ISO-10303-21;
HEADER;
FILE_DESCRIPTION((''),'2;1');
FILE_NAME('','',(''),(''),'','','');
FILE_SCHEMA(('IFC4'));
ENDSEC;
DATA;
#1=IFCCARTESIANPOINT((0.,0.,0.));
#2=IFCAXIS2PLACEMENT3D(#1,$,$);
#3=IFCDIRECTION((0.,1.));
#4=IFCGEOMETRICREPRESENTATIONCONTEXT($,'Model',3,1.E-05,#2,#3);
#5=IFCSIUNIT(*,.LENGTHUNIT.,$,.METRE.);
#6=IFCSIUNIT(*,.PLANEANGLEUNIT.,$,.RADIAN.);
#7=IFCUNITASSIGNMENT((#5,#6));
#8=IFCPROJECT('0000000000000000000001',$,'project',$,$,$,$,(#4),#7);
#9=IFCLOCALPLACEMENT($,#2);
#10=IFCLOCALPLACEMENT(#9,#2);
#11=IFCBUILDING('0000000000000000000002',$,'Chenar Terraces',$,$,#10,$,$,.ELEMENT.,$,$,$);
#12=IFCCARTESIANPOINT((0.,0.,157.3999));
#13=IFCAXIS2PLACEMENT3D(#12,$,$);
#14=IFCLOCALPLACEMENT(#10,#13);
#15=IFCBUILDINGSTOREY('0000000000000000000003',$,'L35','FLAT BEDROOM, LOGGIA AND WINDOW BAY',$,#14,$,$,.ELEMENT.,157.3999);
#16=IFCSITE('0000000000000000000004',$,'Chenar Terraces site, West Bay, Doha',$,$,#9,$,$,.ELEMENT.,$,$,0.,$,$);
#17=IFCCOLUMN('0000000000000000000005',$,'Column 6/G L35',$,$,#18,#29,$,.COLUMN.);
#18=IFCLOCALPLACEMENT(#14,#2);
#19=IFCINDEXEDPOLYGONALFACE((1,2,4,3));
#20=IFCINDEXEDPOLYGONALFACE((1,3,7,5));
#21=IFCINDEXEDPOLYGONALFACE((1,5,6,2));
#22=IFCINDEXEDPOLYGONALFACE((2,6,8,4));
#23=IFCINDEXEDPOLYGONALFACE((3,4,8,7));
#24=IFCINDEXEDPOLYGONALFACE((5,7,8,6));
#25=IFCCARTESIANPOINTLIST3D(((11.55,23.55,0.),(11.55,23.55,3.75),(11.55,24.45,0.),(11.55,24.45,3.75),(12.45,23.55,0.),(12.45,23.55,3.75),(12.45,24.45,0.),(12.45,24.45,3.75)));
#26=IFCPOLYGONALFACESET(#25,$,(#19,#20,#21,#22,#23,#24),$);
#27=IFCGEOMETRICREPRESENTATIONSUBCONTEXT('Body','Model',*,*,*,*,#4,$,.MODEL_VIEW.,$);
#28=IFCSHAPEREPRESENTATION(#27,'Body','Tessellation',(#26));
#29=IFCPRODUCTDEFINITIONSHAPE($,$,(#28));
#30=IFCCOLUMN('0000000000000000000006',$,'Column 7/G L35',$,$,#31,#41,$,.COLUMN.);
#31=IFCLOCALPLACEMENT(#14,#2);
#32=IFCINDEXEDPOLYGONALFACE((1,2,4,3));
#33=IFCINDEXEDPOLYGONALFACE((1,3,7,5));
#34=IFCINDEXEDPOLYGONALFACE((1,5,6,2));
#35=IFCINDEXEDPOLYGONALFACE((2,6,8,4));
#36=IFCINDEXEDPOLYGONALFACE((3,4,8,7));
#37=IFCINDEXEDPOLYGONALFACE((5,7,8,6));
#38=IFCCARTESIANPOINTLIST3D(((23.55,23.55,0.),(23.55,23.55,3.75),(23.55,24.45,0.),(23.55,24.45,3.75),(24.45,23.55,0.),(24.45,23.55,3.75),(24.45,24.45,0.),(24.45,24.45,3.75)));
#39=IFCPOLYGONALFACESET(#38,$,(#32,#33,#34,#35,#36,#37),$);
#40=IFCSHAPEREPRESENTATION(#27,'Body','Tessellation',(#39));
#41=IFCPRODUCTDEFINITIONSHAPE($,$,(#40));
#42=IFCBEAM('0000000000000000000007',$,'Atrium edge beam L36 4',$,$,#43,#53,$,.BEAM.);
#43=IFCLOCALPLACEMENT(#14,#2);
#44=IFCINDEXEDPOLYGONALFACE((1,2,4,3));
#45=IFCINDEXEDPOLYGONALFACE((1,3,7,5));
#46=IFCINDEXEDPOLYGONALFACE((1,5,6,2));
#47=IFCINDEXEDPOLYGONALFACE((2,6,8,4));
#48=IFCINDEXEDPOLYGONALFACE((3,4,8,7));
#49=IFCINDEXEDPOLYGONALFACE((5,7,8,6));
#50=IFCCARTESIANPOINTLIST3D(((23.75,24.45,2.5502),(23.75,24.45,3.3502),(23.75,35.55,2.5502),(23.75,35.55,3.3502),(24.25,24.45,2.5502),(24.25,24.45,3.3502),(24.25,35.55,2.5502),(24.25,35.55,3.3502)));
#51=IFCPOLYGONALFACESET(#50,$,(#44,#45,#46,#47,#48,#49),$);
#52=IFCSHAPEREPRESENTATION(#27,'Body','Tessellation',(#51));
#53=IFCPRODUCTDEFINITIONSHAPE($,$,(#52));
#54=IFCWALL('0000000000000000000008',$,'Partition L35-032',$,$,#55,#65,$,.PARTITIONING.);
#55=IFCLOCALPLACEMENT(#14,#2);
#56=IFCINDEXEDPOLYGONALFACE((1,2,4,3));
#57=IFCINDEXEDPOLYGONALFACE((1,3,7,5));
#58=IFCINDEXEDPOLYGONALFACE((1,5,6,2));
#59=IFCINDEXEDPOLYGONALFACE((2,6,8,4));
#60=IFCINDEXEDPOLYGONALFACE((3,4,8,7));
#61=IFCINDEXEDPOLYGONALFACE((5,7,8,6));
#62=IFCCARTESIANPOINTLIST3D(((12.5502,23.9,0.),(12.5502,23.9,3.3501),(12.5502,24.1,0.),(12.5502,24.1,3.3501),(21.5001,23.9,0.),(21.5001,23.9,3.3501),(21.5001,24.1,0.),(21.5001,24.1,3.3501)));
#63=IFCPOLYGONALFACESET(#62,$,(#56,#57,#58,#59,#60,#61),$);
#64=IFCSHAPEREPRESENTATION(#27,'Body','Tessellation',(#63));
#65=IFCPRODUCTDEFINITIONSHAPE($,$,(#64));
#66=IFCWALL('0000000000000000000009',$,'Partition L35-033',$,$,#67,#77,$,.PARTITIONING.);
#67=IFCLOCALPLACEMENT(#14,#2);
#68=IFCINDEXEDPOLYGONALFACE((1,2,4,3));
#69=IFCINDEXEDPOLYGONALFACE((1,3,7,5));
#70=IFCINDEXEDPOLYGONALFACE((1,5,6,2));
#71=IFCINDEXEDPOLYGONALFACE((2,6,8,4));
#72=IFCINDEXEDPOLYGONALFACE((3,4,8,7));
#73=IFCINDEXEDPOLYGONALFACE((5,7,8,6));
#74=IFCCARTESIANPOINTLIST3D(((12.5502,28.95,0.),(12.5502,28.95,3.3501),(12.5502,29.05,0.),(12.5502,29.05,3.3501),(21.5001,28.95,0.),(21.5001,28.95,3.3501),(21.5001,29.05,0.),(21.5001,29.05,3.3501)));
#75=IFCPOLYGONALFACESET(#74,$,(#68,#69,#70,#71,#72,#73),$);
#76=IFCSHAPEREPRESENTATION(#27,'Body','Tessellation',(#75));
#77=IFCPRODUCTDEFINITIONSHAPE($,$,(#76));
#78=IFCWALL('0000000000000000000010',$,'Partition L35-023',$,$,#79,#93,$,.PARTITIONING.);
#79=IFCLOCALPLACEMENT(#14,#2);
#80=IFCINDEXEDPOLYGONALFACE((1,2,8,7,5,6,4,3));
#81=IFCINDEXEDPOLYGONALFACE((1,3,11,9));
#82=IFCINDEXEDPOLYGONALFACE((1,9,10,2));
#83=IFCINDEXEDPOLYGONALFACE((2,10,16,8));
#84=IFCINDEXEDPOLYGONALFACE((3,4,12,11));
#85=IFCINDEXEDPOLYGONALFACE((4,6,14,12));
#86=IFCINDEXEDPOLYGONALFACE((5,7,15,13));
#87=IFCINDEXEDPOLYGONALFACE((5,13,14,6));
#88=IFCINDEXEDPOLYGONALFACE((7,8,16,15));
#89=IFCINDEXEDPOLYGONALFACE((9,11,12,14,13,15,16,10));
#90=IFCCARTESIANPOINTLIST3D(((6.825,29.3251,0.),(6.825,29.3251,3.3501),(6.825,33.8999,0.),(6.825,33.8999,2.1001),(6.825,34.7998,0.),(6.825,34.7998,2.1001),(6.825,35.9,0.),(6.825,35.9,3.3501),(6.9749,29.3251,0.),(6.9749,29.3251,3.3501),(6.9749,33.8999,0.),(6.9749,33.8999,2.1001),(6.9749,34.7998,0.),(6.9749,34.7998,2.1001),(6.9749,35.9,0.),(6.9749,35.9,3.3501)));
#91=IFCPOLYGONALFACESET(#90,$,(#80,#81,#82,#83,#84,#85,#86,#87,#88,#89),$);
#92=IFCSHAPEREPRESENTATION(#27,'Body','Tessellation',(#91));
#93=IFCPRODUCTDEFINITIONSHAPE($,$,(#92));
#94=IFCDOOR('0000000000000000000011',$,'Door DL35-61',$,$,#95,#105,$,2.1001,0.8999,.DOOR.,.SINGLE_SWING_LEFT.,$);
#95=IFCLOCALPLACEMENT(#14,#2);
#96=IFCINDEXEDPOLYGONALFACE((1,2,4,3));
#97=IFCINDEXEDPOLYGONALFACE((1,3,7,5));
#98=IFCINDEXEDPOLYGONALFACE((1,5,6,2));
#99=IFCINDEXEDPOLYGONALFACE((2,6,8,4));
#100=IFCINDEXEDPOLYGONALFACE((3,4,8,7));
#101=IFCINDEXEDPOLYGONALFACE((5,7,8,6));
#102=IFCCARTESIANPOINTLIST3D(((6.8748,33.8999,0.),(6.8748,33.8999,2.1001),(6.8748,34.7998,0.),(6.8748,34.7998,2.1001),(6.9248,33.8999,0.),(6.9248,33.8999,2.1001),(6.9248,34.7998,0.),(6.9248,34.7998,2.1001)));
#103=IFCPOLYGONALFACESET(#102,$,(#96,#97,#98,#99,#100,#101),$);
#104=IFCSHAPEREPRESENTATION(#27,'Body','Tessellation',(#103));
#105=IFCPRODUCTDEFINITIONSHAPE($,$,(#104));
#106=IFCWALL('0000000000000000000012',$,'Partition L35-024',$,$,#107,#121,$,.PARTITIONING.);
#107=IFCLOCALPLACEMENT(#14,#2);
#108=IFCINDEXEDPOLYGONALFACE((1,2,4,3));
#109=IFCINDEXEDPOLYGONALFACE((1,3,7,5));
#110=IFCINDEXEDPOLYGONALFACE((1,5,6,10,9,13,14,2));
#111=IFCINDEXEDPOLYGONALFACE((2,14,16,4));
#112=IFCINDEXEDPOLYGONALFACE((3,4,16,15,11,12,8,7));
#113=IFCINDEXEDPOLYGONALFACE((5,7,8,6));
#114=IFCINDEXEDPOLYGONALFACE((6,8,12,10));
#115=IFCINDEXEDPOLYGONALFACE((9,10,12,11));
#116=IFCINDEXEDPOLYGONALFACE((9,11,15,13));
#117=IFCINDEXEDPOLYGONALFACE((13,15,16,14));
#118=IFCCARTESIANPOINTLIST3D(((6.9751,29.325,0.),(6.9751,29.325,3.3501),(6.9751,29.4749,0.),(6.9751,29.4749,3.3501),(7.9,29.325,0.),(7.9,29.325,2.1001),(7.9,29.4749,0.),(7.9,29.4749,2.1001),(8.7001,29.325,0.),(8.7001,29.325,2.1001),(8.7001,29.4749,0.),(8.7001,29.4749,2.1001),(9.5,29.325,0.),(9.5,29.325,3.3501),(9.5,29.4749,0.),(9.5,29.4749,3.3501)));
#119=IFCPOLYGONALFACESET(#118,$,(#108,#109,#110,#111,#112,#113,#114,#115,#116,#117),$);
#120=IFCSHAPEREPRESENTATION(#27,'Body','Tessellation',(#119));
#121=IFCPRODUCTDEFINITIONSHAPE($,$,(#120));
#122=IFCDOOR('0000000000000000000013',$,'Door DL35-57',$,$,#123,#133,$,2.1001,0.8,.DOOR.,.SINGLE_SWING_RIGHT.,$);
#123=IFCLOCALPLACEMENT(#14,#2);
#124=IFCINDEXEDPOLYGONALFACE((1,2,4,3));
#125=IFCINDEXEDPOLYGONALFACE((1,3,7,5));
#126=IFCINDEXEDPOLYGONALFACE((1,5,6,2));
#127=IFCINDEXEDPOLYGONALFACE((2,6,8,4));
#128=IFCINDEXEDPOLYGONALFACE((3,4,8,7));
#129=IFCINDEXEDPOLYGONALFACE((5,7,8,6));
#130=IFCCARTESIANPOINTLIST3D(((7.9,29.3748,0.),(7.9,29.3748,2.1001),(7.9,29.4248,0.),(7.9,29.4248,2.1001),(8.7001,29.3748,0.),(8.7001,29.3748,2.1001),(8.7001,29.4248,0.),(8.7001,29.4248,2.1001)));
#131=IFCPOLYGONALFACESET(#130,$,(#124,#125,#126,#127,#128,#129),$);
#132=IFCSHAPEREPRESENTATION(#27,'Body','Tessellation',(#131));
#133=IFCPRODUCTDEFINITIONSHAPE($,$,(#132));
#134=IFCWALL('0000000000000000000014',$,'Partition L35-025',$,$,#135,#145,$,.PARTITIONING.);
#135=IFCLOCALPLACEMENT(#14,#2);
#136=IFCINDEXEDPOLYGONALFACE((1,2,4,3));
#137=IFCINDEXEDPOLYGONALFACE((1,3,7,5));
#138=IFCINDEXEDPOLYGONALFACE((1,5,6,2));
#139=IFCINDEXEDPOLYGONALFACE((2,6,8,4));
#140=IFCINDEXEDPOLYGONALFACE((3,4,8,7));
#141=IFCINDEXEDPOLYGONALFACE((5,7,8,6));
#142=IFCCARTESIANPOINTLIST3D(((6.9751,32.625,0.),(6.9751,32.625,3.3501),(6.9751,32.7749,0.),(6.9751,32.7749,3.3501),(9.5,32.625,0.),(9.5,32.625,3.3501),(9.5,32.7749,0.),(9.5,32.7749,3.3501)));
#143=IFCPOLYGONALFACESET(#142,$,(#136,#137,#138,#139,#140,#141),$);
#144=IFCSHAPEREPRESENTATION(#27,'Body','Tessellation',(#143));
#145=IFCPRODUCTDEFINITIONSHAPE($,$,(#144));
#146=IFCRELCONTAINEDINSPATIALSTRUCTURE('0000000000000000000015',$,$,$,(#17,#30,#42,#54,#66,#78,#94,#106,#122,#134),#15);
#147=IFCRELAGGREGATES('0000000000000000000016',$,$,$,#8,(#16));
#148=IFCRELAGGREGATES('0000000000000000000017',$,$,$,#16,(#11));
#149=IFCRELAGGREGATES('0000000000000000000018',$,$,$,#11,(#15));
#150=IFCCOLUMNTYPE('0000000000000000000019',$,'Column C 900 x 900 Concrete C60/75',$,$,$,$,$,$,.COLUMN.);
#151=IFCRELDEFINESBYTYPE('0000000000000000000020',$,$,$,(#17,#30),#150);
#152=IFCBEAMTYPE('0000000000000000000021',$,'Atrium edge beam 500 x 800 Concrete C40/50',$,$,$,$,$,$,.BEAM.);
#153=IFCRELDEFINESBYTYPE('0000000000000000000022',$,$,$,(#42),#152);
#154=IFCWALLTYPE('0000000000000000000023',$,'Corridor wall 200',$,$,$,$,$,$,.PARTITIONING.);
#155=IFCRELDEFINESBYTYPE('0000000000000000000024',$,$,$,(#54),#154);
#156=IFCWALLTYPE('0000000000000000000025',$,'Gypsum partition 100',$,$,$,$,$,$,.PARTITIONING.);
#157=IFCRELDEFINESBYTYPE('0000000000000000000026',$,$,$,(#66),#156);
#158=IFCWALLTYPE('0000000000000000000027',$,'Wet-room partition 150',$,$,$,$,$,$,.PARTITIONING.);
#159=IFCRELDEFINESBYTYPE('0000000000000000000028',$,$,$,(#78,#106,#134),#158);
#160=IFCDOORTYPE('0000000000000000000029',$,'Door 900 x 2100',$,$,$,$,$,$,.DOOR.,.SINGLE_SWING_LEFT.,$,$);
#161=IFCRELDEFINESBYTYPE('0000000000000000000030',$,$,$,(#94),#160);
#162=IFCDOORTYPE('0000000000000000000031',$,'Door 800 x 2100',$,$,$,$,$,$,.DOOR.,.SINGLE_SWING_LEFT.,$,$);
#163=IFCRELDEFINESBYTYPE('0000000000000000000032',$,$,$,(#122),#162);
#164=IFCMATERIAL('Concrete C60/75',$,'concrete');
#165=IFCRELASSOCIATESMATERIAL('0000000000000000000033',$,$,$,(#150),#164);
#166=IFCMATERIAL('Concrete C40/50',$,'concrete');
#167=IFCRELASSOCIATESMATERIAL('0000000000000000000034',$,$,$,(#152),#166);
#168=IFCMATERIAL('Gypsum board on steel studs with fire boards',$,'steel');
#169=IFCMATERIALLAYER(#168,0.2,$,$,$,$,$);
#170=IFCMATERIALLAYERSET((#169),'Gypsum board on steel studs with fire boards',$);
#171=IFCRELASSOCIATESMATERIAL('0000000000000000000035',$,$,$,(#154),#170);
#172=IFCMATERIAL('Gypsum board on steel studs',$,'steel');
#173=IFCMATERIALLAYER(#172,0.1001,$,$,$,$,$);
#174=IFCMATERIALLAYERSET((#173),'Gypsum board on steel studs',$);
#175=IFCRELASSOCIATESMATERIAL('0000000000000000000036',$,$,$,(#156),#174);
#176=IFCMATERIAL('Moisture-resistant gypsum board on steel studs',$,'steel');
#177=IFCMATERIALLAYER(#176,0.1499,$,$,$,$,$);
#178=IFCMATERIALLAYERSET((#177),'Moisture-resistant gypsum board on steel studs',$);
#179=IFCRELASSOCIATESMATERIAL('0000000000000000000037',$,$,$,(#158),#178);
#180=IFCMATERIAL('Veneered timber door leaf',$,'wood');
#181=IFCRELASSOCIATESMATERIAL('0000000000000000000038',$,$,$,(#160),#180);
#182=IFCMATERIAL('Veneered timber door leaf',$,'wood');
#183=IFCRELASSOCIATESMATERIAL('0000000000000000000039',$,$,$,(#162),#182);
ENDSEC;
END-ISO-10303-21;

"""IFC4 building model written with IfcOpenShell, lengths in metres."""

from ifc_helpers import new_model, si_unit, direction, frame, frame_2d, origin, origin_2d, place, context, subcontext, project, spatial, rectangle, extrude, material, layer, layer_set, material_profile, profile_set, type_object, element, fill, save


model = new_model("IFC4")

# Units and contexts
model_context = context("Model", 3, precision=1e-05, world=origin(), true_north=direction((0.0, 1.0)))
body_context = subcontext(model_context, "Body", "Model", "MODEL_VIEW")
ifc_project = project(units=[si_unit("LENGTHUNIT", "METRE"), si_unit("PLANEANGLEUNIT", "RADIAN")], contexts=[model_context])

# Site, building, storey
site_placement = place(None, origin())
site = spatial("IfcSite", under=ifc_project, at=site_placement, Name="Chenar Terraces site, West Bay, Doha", CompositionType="ELEMENT", RefElevation=0.0)
building_placement = place(site_placement, origin())
building = spatial("IfcBuilding", under=site, at=building_placement, Name="Chenar Terraces", CompositionType="ELEMENT")
storey_placement = place(building_placement, frame((0.0, 0.0, 157.3999)))
storey = spatial("IfcBuildingStorey", under=building, at=storey_placement, Name="L35", Description="FLAT BEDROOM, LOGGIA AND WINDOW BAY", CompositionType="ELEMENT", Elevation=157.3999)

# Columns
ifc_material_1 = material(Name="Concrete C60/75", Category="concrete")
ifc_material_profile_1 = material_profile(ifc_material_1, rectangle(XDim=0.8999, YDim=0.8999, at=origin_2d()), Name="C 900 x 900")
ifc_profile_set_1 = profile_set([ifc_material_profile_1], Name="Concrete C60/75")
column_type = type_object("IfcColumnType", Name="Column C 900 x 900 Concrete C60/75", PredefinedType="COLUMN", material=ifc_profile_set_1)
for number, where, z_axis, x_axis, name in (
    (1, (12.0, 24.0, 0.0), (0.0, 0.0, 1.0), (1.0, 0.0, 0.0), "Column 6/G L35"),
    (2, (24.0, 24.0, 0.0), (0.0, 0.0, 1.0), (1.0, 0.0, 0.0), "Column 7/G L35"),
):
    element("IfcColumn", number, at=place(storey_placement, frame(where, z_axis=z_axis, x_axis=x_axis)), inside=storey, type_object=column_type, Name=name, PredefinedType="COLUMN", context=body_context, shape_type="SweptSolid", body=[
        extrude(rectangle(XDim=0.8999, YDim=0.8999, at=origin_2d()), origin(), (0.0, 0.0, 1.0), 3.75),
    ])

# Beam
ifc_material_2 = material(Name="Concrete C40/50", Category="concrete")
ifc_material_profile_2 = material_profile(ifc_material_2, rectangle(XDim=0.5, YDim=0.8, at=origin_2d()), Name="RC 500 x 800")
ifc_profile_set_2 = profile_set([ifc_material_profile_2], Name="Concrete C40/50")
beam_type = type_object("IfcBeamType", Name="Atrium edge beam 500 x 800 Concrete C40/50", PredefinedType="BEAM", material=ifc_profile_set_2)
beam_placement = place(storey_placement, frame((24.0, 35.55, 2.9502), z_axis=(0.0, -1.0, 0.0), x_axis=(1.0, 0.0, 0.0)))
element("IfcBeam", 3, at=beam_placement, inside=storey, type_object=beam_type, Name="Atrium edge beam L36 4", PredefinedType="BEAM", context=body_context, shape_type="SweptSolid", body=[
    extrude(rectangle(XDim=0.5, YDim=0.8, at=origin_2d()), origin(), (0.0, 0.0, 1.0), 11.1001),
])

# Walls
ifc_material_3 = material(Name="Gypsum board on steel studs with fire boards", Category="steel")
ifc_layer_1 = layer(ifc_material_3, 0.2)
ifc_layer_set_1 = layer_set([ifc_layer_1], Name="Gypsum board on steel studs with fire boards")
wall_type_1 = type_object("IfcWallType", Name="Corridor wall 200", PredefinedType="PARTITIONING", material=ifc_layer_set_1)
wall_1_placement = place(storey_placement, frame((12.55, 24.0, 0.0), z_axis=(0.0, 0.0, 1.0), x_axis=(1.0, 0.0, 0.0)))
element("IfcWall", 4, at=wall_1_placement, inside=storey, type_object=wall_type_1, Name="Partition L35-032", PredefinedType="PARTITIONING", context=body_context, shape_type="SweptSolid", body=[
    extrude(rectangle(XDim=8.95, YDim=0.2, at=frame_2d((4.4751, 0.0))), origin(), (0.0, 0.0, 1.0), 3.3501),
])
ifc_material_4 = material(Name="Gypsum board on steel studs", Category="steel")
ifc_layer_2 = layer(ifc_material_4, 0.1001)
ifc_layer_set_2 = layer_set([ifc_layer_2], Name="Gypsum board on steel studs")
wall_type_2 = type_object("IfcWallType", Name="Gypsum partition 100", PredefinedType="PARTITIONING", material=ifc_layer_set_2)
wall_2_placement = place(storey_placement, frame((12.55, 29.0, 0.0), z_axis=(0.0, 0.0, 1.0), x_axis=(1.0, 0.0, 0.0)))
element("IfcWall", 5, at=wall_2_placement, inside=storey, type_object=wall_type_2, Name="Partition L35-033", PredefinedType="PARTITIONING", context=body_context, shape_type="SweptSolid", body=[
    extrude(rectangle(XDim=8.95, YDim=0.1001, at=frame_2d((4.4751, 0.0))), origin(), (0.0, 0.0, 1.0), 3.3501),
])

# Walls, openings, doors
ifc_material_5 = material(Name="Moisture-resistant gypsum board on steel studs", Category="steel")
ifc_layer_3 = layer(ifc_material_5, 0.1499)
ifc_layer_set_3 = layer_set([ifc_layer_3], Name="Moisture-resistant gypsum board on steel studs")
wall_type_3 = type_object("IfcWallType", Name="Wet-room partition 150", PredefinedType="PARTITIONING", material=ifc_layer_set_3)
wall_3_placement = place(storey_placement, frame((6.8999, 29.325, 0.0), z_axis=(0.0, 0.0, 1.0), x_axis=(0.0, 1.0, 0.0)))
wall_3 = element("IfcWall", 6, at=wall_3_placement, inside=storey, type_object=wall_type_3, Name="Partition L35-023", PredefinedType="PARTITIONING", context=body_context, shape_type="SweptSolid", body=[
    extrude(rectangle(XDim=6.575, YDim=0.1499, at=frame_2d((3.2876, 0.0))), origin(), (0.0, 0.0, 1.0), 3.3501),
])
opening_1_placement = place(wall_3_placement, frame((4.575, 0.0, 0.0)))
opening_1 = element("IfcOpeningElement", 7, at=opening_1_placement, cuts=wall_3, PredefinedType="OPENING", context=body_context, shape_type="SweptSolid", body=[
    extrude(rectangle(XDim=0.8999, YDim=2.1001, at=frame_2d((0.45, 1.05))), frame((0.0, 0.085, 0.0), z_axis=(0.0, -1.0, 0.0), x_axis=(1.0, 0.0, 0.0)), (0.0, 0.0, 1.0), 0.1699),
])
ifc_material_6 = material(Name="Veneered timber door leaf", Category="wood")
door_type_1 = type_object("IfcDoorType", Name="Door 900 x 2100", OperationType="SINGLE_SWING_LEFT", PredefinedType="DOOR", material=ifc_material_6)
door_1_placement = place(opening_1_placement, frame((0.8999, 0.0, 0.0), z_axis=(0.0, 0.0, 1.0), x_axis=(-1.0, 0.0, 0.0)))
door_1 = element("IfcDoor", 8, at=door_1_placement, inside=storey, type_object=door_type_1, Name="Door DL35-61", OperationType="SINGLE_SWING_LEFT", OverallHeight=2.1001, OverallWidth=0.8999, PredefinedType="DOOR", context=body_context, shape_type="SweptSolid", body=[
    extrude(rectangle(XDim=0.8999, YDim=2.1001, at=frame_2d((0.45, 1.05))), frame((0.0, 0.0249, 0.0), z_axis=(0.0, -1.0, 0.0), x_axis=(1.0, 0.0, 0.0)), (0.0, 0.0, 1.0), 0.05),
])
fill(opening_1, door_1)
wall_4_placement = place(storey_placement, frame((6.9751, 29.3999, 0.0), z_axis=(0.0, 0.0, 1.0), x_axis=(1.0, 0.0, 0.0)))
wall_4 = element("IfcWall", 9, at=wall_4_placement, inside=storey, type_object=wall_type_3, Name="Partition L35-024", PredefinedType="PARTITIONING", context=body_context, shape_type="SweptSolid", body=[
    extrude(rectangle(XDim=2.5249, YDim=0.1499, at=frame_2d((1.2625, 0.0))), origin(), (0.0, 0.0, 1.0), 3.3501),
])
opening_2_placement = place(wall_4_placement, frame((0.925, 0.0, 0.0)))
opening_2 = element("IfcOpeningElement", 10, at=opening_2_placement, cuts=wall_4, PredefinedType="OPENING", context=body_context, shape_type="SweptSolid", body=[
    extrude(rectangle(XDim=0.8, YDim=2.1001, at=frame_2d((0.3999, 1.05))), frame((0.0, 0.085, 0.0), z_axis=(0.0, -1.0, 0.0), x_axis=(1.0, 0.0, 0.0)), (0.0, 0.0, 1.0), 0.1699),
])
ifc_material_7 = material(Name="Veneered timber door leaf", Category="wood")
door_type_2 = type_object("IfcDoorType", Name="Door 800 x 2100", OperationType="SINGLE_SWING_LEFT", PredefinedType="DOOR", material=ifc_material_7)
door_2_placement = place(opening_2_placement, origin())
door_2 = element("IfcDoor", 11, at=door_2_placement, inside=storey, type_object=door_type_2, Name="Door DL35-57", OperationType="SINGLE_SWING_RIGHT", OverallHeight=2.1001, OverallWidth=0.8, PredefinedType="DOOR", context=body_context, shape_type="SweptSolid", body=[
    extrude(rectangle(XDim=0.8, YDim=2.1001, at=frame_2d((0.3999, 1.05))), frame((0.0, 0.0249, 0.0), z_axis=(0.0, -1.0, 0.0), x_axis=(1.0, 0.0, 0.0)), (0.0, 0.0, 1.0), 0.05),
])
fill(opening_2, door_2)

# Wall
wall_5_placement = place(storey_placement, frame((6.9751, 32.7, 0.0), z_axis=(0.0, 0.0, 1.0), x_axis=(1.0, 0.0, 0.0)))
element("IfcWall", 12, at=wall_5_placement, inside=storey, type_object=wall_type_3, Name="Partition L35-025", PredefinedType="PARTITIONING", context=body_context, shape_type="SweptSolid", body=[
    extrude(rectangle(XDim=2.5249, YDim=0.1499, at=frame_2d((1.2625, 0.0))), origin(), (0.0, 0.0, 1.0), 3.3501),
])

save(model, "model.ifc")
